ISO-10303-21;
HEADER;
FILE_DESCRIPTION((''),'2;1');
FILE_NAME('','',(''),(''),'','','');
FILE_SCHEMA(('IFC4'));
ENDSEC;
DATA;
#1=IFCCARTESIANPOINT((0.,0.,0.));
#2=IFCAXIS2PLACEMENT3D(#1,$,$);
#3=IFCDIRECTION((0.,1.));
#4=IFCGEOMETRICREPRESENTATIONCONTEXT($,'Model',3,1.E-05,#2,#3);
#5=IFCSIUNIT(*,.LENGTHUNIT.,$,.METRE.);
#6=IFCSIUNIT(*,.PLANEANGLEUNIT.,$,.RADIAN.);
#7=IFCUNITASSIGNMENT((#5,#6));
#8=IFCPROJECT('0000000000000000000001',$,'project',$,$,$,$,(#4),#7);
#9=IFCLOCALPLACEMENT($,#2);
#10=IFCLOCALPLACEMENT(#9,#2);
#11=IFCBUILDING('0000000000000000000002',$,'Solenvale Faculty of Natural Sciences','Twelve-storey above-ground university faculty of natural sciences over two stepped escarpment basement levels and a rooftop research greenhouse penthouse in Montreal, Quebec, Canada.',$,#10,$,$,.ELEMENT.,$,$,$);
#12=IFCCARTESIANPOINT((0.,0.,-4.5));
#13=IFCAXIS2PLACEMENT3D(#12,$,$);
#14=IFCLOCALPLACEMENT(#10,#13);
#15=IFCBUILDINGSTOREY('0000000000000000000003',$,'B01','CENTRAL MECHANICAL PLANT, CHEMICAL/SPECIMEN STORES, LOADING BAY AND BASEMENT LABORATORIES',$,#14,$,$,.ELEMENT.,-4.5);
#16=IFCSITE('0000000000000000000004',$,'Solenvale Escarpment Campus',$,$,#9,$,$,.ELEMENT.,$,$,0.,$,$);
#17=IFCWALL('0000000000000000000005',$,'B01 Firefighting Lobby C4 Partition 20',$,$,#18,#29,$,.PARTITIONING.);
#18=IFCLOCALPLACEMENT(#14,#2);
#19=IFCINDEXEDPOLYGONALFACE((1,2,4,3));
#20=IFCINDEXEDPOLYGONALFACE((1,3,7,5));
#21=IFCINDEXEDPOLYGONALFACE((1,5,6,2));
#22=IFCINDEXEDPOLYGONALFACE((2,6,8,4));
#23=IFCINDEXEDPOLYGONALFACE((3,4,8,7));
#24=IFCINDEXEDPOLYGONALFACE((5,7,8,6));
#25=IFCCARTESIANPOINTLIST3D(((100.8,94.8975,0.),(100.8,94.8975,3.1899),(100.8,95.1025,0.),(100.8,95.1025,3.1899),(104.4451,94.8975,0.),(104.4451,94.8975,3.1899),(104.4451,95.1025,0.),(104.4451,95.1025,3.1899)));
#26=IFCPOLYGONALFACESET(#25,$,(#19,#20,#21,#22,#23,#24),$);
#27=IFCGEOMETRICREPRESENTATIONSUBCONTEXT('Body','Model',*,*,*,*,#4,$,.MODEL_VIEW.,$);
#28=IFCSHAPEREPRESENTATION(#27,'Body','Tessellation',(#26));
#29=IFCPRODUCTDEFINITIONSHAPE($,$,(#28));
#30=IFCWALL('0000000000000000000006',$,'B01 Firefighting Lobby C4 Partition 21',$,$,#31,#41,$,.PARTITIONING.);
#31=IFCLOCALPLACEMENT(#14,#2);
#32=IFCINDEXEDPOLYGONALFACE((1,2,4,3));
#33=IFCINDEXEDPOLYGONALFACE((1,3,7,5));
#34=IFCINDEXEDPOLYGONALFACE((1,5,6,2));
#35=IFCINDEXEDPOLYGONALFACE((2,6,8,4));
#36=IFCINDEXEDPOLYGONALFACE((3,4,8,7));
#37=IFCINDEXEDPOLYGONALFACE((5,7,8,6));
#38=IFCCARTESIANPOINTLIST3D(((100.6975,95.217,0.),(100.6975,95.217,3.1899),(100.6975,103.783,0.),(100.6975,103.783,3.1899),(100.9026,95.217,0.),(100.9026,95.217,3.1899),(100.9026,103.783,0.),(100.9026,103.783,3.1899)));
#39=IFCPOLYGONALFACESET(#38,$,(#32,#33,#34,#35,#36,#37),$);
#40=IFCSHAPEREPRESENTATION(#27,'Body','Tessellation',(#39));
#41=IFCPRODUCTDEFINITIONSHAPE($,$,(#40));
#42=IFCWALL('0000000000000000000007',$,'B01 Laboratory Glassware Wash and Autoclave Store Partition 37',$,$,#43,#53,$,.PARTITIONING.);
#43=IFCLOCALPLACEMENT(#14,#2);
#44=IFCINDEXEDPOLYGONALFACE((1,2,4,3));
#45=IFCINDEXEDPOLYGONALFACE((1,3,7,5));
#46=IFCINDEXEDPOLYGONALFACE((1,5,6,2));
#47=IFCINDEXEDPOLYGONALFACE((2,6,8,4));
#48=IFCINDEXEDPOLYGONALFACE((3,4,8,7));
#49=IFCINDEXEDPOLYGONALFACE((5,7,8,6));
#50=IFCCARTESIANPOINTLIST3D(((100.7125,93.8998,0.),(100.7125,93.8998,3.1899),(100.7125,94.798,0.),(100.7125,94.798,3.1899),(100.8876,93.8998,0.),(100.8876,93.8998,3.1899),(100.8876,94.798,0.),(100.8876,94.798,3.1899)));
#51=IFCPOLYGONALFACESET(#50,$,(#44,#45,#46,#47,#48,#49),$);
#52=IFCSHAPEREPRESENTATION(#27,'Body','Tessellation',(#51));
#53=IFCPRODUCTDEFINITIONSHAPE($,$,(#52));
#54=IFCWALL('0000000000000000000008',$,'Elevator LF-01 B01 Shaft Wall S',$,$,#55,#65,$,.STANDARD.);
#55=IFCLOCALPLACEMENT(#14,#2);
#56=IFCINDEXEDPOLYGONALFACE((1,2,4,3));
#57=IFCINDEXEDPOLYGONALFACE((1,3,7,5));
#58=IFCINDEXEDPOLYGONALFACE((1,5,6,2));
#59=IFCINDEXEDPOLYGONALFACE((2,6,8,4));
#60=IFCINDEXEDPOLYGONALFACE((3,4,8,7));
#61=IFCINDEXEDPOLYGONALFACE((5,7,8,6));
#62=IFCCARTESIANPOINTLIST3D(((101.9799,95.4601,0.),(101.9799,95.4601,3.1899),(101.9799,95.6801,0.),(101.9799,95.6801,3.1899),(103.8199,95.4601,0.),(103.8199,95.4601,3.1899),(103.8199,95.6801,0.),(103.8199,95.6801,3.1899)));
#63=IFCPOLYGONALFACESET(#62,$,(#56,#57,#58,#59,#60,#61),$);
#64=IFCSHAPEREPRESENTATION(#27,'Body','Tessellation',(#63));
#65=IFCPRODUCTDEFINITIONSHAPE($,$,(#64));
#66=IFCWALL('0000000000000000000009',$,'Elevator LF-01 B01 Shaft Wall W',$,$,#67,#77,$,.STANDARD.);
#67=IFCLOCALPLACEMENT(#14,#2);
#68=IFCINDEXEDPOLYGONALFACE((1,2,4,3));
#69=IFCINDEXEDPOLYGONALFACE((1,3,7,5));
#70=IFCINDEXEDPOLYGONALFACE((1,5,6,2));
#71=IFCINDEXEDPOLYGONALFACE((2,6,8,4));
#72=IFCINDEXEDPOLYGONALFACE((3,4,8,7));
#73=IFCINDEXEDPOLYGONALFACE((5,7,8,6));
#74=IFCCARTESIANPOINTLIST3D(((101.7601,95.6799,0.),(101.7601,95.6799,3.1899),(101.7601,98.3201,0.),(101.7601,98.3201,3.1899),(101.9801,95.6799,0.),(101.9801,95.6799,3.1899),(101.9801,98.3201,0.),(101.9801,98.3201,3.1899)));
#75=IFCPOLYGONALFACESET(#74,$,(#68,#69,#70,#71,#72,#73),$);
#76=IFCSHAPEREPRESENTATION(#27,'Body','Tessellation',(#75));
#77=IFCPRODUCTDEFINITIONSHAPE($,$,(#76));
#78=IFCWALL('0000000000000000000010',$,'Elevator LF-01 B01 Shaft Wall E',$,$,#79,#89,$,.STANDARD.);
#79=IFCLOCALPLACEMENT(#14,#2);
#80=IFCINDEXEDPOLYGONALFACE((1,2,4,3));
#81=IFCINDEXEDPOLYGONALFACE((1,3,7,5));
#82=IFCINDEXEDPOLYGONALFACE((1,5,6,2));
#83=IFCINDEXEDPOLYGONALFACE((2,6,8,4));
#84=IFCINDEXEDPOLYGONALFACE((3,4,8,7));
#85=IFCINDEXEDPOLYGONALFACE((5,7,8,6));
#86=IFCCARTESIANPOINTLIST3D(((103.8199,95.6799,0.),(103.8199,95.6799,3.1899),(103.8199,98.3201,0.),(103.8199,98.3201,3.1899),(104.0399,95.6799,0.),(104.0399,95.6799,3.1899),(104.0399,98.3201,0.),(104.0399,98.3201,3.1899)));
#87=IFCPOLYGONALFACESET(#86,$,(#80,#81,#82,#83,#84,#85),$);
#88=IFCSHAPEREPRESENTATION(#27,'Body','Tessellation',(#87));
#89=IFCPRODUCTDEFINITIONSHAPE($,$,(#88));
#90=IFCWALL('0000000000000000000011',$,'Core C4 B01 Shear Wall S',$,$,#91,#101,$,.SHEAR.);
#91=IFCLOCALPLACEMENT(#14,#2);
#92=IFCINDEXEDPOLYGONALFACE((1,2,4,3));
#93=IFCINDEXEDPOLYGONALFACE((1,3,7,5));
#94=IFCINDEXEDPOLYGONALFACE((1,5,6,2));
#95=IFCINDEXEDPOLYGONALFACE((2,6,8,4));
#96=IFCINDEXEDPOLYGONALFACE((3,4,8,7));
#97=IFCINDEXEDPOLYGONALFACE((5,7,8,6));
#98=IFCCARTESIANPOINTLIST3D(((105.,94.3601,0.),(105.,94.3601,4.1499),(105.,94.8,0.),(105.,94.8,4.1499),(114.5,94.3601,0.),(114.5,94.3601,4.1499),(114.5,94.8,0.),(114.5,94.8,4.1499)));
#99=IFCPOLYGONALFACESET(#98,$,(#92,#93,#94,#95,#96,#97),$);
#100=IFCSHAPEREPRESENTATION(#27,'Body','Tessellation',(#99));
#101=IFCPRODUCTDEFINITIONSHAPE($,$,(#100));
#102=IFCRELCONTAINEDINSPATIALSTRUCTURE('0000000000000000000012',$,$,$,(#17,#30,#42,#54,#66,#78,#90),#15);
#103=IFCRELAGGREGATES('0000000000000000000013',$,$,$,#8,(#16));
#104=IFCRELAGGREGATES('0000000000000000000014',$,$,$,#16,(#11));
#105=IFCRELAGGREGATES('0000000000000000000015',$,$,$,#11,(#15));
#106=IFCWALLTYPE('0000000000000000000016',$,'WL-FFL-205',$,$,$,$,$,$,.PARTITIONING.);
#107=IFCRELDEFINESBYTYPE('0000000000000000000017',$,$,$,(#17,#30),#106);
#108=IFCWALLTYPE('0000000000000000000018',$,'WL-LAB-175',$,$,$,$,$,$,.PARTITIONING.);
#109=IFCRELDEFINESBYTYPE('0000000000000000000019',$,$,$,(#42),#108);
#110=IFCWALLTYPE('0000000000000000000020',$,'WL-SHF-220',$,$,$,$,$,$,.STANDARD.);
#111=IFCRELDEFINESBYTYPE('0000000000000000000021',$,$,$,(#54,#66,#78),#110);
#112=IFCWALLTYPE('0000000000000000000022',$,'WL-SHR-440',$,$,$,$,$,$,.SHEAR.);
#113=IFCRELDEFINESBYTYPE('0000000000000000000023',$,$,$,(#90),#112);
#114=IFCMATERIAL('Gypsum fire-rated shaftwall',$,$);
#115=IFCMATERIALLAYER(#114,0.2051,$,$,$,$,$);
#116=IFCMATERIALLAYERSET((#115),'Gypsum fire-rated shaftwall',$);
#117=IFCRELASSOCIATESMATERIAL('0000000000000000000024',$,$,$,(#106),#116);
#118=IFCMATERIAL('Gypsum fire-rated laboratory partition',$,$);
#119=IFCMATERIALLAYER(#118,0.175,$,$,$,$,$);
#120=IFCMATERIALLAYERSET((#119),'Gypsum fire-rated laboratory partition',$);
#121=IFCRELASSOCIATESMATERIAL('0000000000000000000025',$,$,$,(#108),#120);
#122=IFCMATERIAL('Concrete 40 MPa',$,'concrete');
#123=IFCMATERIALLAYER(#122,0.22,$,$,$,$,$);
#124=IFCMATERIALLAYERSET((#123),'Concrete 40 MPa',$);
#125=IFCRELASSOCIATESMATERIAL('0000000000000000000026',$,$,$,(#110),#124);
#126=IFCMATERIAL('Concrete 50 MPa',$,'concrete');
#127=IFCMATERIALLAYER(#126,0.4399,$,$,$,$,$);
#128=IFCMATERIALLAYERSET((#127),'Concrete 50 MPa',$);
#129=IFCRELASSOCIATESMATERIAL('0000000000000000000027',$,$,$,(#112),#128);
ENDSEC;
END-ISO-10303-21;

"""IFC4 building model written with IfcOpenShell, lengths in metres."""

from ifc_helpers import new_model, si_unit, direction, frame, frame_2d, origin, place, context, subcontext, project, spatial, rectangle, extrude, material, layer, layer_set, type_object, element, save


model = new_model("IFC4")

# Units and contexts
model_context = context("Model", 3, precision=1e-05, world=origin(), true_north=direction((0.0, 1.0)))
body_context = subcontext(model_context, "Body", "Model", "MODEL_VIEW")
ifc_project = project(units=[si_unit("LENGTHUNIT", "METRE"), si_unit("PLANEANGLEUNIT", "RADIAN")], contexts=[model_context])

# Site, building, storey
site_placement = place(None, origin())
site = spatial("IfcSite", under=ifc_project, at=site_placement, Name="Solenvale Escarpment Campus", CompositionType="ELEMENT", RefElevation=0.0)
building_placement = place(site_placement, origin())
building = spatial("IfcBuilding", under=site, at=building_placement, Name="Solenvale Faculty of Natural Sciences", Description="Twelve-storey above-ground university faculty of natural sciences over two stepped escarpment basement levels and a rooftop research greenhouse penthouse in Montreal, Quebec, Canada.", CompositionType="ELEMENT")
storey_placement = place(building_placement, frame((0.0, 0.0, -4.5)))
storey = spatial("IfcBuildingStorey", under=building, at=storey_placement, Name="B01", Description="CENTRAL MECHANICAL PLANT, CHEMICAL/SPECIMEN STORES, LOADING BAY AND BASEMENT LABORATORIES", CompositionType="ELEMENT", Elevation=-4.5)

# Shared definitions
ifc_material_1 = material(Name="Concrete 50 MPa", Category="concrete")

# Shared definitions
ifc_material_2 = material(Name="Concrete 40 MPa", Category="concrete")

# Walls
ifc_material_3 = material(Name="Gypsum fire-rated shaftwall")
ifc_layer_1 = layer(ifc_material_3, 0.2051)
ifc_layer_set_1 = layer_set([ifc_layer_1], Name="Gypsum fire-rated shaftwall")
wall_type_1 = type_object("IfcWallType", Name="WL-FFL-205", PredefinedType="PARTITIONING", material=ifc_layer_set_1)
wall_1_placement = place(storey_placement, frame((104.4451, 95.0, 0.0), z_axis=(0.0, 0.0, 1.0), x_axis=(-1.0, 0.0, 0.0)))
element("IfcWall", 1, at=wall_1_placement, inside=storey, type_object=wall_type_1, Name="B01 Firefighting Lobby C4 Partition 20", PredefinedType="PARTITIONING", context=body_context, shape_type="SweptSolid", body=[
    extrude(rectangle(XDim=3.645, YDim=0.2051, at=frame_2d((1.8225, 0.0))), origin(), (0.0, 0.0, 1.0), 3.1899),
])
wall_2_placement = place(storey_placement, frame((100.8, 95.217, 0.0), z_axis=(0.0, 0.0, 1.0), x_axis=(0.0, 1.0, 0.0)))
element("IfcWall", 2, at=wall_2_placement, inside=storey, type_object=wall_type_1, Name="B01 Firefighting Lobby C4 Partition 21", PredefinedType="PARTITIONING", context=body_context, shape_type="SweptSolid", body=[
    extrude(rectangle(XDim=8.5659, YDim=0.2051, at=frame_2d((4.283, 0.0))), origin(), (0.0, 0.0, 1.0), 3.1899),
])
ifc_material_4 = material(Name="Gypsum fire-rated laboratory partition")
ifc_layer_2 = layer(ifc_material_4, 0.175)
ifc_layer_set_2 = layer_set([ifc_layer_2], Name="Gypsum fire-rated laboratory partition")
wall_type_2 = type_object("IfcWallType", Name="WL-LAB-175", PredefinedType="PARTITIONING", material=ifc_layer_set_2)
wall_3_placement = place(storey_placement, frame((100.8, 94.7981, 0.0), z_axis=(0.0, 0.0, 1.0), x_axis=(0.0, -1.0, 0.0)))
element("IfcWall", 3, at=wall_3_placement, inside=storey, type_object=wall_type_2, Name="B01 Laboratory Glassware Wash and Autoclave Store Partition 37", PredefinedType="PARTITIONING", context=body_context, shape_type="SweptSolid", body=[
    extrude(rectangle(XDim=0.8982, YDim=0.175, at=frame_2d((0.4492, 0.0))), origin(), (0.0, 0.0, 1.0), 3.1899),
])
ifc_layer_3 = layer(ifc_material_2, 0.22)
ifc_layer_set_3 = layer_set([ifc_layer_3], Name="Concrete 40 MPa")
wall_type_3 = type_object("IfcWallType", Name="WL-SHF-220", PredefinedType="STANDARD", material=ifc_layer_set_3)
wall_4_placement = place(storey_placement, frame((101.98, 95.5701, 0.0), z_axis=(0.0, 0.0, 1.0), x_axis=(1.0, 0.0, 0.0)))
element("IfcWall", 4, at=wall_4_placement, inside=storey, type_object=wall_type_3, Name="Elevator LF-01 B01 Shaft Wall S", PredefinedType="STANDARD", context=body_context, shape_type="SweptSolid", body=[
    extrude(rectangle(XDim=1.8401, YDim=0.22, at=frame_2d((0.9199, 0.0))), origin(), (0.0, 0.0, 1.0), 3.1899),
])

# Walls
for number, where, z_axis, x_axis, name in (
    (5, (101.8701, 95.6799, 0.0), (0.0, 0.0, 1.0), (0.0, 1.0, 0.0), "Elevator LF-01 B01 Shaft Wall W"),
    (6, (103.9299, 95.6799, 0.0), (0.0, 0.0, 1.0), (0.0, 1.0, 0.0), "Elevator LF-01 B01 Shaft Wall E"),
):
    element("IfcWall", number, at=place(storey_placement, frame(where, z_axis=z_axis, x_axis=x_axis)), inside=storey, type_object=wall_type_3, Name=name, PredefinedType="STANDARD", context=body_context, shape_type="SweptSolid", body=[
        extrude(rectangle(XDim=2.6401, YDim=0.22, at=frame_2d((1.3201, 0.0))), origin(), (0.0, 0.0, 1.0), 3.1899),
    ])
ifc_layer_4 = layer(ifc_material_1, 0.4399)
ifc_layer_set_4 = layer_set([ifc_layer_4], Name="Concrete 50 MPa")
wall_type_4 = type_object("IfcWallType", Name="WL-SHR-440", PredefinedType="SHEAR", material=ifc_layer_set_4)
wall_5_placement = place(storey_placement, frame((105.0, 94.5801, 0.0), z_axis=(0.0, 0.0, 1.0), x_axis=(1.0, 0.0, 0.0)))
element("IfcWall", 7, at=wall_5_placement, inside=storey, type_object=wall_type_4, Name="Core C4 B01 Shear Wall S", PredefinedType="SHEAR", context=body_context, shape_type="SweptSolid", body=[
    extrude(rectangle(XDim=9.5, YDim=0.4399, at=frame_2d((4.75, 0.0))), origin(), (0.0, 0.0, 1.0), 4.1499),
])

save(model, "model.ifc")
